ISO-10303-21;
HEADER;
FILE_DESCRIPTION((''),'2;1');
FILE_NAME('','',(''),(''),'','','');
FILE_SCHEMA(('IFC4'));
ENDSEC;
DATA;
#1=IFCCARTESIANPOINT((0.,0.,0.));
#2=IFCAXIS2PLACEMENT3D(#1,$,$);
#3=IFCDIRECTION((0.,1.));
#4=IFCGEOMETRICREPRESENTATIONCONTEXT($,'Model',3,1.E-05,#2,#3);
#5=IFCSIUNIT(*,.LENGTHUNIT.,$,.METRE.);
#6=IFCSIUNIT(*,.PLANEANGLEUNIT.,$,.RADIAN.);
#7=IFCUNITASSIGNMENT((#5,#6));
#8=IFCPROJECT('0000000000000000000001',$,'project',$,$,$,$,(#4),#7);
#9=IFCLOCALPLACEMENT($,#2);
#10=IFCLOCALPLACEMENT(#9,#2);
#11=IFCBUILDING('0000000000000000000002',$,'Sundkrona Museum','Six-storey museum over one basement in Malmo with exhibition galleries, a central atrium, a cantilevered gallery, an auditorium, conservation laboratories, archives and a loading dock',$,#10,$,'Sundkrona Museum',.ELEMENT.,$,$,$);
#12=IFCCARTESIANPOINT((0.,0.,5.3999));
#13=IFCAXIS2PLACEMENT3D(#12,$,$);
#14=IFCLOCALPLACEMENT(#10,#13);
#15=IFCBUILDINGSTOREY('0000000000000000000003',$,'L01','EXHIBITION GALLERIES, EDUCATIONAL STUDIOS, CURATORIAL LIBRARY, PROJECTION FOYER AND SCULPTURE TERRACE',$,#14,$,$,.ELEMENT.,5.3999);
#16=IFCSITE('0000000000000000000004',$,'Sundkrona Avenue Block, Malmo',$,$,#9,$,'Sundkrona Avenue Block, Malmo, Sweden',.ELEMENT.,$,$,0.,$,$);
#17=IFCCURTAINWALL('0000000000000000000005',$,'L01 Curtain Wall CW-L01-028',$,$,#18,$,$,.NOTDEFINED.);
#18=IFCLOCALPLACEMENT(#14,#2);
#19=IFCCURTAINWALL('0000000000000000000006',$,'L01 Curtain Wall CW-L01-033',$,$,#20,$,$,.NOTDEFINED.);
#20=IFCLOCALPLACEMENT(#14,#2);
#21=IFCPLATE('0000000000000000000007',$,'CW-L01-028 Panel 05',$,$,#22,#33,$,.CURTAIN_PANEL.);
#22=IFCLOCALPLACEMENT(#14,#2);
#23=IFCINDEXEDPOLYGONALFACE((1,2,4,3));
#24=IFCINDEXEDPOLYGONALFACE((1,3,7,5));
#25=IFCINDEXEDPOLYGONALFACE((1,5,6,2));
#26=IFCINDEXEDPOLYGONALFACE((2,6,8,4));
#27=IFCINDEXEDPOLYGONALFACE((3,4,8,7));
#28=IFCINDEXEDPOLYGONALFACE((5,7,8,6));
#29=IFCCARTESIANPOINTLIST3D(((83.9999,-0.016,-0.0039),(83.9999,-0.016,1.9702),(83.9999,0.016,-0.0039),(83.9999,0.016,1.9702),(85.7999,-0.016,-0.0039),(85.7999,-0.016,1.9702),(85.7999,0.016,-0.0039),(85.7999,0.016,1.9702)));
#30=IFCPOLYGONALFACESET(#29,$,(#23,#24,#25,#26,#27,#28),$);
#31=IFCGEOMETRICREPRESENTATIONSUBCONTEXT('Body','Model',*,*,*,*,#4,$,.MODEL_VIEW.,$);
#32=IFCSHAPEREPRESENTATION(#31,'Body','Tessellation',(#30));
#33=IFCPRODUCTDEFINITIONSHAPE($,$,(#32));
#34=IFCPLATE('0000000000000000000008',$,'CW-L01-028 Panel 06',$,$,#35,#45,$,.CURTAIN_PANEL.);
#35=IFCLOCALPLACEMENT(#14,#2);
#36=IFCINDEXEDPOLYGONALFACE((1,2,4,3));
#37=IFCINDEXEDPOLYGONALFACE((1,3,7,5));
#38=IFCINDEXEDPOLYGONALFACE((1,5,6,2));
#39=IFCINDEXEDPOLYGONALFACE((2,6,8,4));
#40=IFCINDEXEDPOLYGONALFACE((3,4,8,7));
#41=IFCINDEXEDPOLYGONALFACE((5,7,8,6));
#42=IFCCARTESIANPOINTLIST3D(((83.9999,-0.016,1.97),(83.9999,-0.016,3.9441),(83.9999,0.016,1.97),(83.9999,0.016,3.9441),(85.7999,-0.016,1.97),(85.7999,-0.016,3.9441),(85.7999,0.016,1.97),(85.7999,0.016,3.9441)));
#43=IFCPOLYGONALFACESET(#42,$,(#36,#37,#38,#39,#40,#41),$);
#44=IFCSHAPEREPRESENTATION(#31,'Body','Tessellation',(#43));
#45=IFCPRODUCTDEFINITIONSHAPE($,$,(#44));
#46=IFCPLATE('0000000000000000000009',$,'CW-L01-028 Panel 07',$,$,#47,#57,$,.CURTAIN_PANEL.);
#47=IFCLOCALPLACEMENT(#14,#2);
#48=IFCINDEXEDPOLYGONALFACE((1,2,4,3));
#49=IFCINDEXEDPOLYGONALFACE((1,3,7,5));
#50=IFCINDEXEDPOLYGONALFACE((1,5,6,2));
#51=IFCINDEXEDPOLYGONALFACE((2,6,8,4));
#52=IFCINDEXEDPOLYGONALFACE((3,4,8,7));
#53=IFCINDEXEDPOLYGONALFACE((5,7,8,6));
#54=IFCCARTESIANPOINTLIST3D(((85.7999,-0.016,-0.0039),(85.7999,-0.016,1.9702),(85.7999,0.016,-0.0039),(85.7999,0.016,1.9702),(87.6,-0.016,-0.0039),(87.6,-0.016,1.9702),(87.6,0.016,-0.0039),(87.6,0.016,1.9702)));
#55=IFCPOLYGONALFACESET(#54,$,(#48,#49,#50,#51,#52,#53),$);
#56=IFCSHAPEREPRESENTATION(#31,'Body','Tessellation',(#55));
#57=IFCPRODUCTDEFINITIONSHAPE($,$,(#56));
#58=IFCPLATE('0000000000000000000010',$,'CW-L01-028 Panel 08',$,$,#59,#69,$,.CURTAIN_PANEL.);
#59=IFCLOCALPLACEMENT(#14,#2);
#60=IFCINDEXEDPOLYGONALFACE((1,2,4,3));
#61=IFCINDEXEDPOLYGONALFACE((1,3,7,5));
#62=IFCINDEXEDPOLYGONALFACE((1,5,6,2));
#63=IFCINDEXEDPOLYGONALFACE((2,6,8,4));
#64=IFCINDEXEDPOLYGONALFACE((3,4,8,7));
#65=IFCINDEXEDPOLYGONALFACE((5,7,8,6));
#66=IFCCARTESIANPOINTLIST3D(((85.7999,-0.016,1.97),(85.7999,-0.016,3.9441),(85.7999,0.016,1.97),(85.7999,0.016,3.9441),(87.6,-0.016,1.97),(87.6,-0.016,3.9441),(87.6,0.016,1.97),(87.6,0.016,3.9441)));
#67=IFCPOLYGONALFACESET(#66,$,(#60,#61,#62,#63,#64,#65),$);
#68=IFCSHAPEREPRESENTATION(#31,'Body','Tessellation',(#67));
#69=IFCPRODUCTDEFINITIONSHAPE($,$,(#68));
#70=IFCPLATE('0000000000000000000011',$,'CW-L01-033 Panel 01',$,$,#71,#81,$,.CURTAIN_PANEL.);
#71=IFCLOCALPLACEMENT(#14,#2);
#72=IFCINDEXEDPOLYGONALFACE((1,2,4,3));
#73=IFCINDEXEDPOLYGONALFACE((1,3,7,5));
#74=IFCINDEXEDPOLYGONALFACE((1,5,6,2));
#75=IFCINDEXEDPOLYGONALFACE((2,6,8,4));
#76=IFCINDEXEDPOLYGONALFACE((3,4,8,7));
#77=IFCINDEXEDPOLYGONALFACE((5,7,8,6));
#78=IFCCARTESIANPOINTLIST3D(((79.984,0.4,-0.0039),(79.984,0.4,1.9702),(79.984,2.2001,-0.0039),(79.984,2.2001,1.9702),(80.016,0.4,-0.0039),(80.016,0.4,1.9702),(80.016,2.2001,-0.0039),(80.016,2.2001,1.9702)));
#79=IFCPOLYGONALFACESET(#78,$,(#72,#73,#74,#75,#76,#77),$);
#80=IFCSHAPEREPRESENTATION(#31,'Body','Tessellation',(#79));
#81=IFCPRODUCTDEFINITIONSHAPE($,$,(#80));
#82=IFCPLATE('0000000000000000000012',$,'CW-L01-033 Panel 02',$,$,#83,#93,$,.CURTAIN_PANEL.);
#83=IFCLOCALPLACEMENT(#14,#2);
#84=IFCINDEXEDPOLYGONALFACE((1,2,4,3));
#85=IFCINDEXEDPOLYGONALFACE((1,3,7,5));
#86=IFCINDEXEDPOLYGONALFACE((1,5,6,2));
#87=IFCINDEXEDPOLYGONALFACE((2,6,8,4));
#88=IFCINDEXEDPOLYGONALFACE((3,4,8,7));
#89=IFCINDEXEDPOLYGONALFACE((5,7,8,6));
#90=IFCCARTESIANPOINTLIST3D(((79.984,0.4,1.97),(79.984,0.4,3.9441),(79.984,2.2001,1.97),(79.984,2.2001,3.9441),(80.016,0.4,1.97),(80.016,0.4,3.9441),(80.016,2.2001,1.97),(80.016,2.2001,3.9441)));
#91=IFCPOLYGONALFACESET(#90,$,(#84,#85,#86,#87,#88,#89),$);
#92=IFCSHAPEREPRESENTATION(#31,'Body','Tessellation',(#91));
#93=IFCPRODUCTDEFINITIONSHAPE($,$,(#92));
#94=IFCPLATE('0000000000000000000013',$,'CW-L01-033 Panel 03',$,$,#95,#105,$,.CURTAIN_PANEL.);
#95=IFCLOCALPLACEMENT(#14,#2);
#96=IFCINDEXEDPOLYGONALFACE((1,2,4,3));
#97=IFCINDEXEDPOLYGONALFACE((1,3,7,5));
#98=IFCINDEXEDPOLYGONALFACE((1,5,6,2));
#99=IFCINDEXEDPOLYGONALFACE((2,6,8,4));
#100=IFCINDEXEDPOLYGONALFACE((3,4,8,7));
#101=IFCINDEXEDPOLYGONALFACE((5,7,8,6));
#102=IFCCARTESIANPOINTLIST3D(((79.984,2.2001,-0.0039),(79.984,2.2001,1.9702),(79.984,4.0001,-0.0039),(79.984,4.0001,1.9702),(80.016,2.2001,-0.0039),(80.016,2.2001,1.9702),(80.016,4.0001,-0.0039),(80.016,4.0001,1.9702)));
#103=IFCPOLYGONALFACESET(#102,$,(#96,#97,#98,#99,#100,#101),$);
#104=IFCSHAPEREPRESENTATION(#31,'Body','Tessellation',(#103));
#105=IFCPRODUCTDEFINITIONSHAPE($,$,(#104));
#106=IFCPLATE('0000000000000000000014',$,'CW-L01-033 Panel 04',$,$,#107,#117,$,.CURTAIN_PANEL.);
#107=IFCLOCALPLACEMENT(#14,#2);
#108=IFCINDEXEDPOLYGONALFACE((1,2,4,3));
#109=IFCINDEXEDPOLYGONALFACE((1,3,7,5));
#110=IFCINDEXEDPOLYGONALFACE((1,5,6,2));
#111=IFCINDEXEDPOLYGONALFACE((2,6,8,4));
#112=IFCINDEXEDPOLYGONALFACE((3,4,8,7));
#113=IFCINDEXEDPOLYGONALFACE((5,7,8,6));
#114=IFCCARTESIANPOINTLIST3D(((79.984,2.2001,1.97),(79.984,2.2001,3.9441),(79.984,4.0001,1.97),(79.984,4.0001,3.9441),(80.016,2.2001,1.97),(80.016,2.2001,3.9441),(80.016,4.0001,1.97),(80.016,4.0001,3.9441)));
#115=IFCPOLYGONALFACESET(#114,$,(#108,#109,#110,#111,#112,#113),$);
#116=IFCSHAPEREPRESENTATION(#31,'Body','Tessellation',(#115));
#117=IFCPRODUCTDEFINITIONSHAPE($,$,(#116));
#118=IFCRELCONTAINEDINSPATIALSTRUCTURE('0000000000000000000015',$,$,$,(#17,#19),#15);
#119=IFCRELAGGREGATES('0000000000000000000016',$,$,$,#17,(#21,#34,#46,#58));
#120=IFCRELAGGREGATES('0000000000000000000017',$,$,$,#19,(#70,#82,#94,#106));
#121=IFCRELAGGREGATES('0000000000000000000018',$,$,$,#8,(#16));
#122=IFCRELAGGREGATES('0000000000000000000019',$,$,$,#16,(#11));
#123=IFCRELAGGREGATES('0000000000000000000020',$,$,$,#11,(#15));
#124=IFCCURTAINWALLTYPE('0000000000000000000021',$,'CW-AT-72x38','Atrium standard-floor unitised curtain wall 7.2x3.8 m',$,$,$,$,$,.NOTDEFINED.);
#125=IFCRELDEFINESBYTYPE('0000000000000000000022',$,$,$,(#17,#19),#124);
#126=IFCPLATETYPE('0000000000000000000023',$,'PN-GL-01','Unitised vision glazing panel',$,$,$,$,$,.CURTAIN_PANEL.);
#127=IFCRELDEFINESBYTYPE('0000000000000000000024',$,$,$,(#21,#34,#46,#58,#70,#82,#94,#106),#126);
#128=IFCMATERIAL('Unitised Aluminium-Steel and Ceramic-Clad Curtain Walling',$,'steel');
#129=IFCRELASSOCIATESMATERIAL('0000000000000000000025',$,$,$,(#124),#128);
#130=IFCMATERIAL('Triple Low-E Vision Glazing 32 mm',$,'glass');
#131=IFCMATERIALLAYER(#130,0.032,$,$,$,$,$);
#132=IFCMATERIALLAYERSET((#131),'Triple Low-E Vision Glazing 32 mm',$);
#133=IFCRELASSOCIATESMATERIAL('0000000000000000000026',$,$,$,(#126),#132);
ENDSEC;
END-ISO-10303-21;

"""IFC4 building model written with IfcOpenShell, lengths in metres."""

from ifc_helpers import new_model, si_unit, direction, frame, origin, origin_2d, place, context, subcontext, project, spatial, rectangle, extrude, material, layer, layer_set, type_object, element, aggregate, save


model = new_model("IFC4")

# Units and contexts
model_context = context("Model", 3, precision=1e-05, world=origin(), true_north=direction((0.0, 1.0)))
body_context = subcontext(model_context, "Body", "Model", "MODEL_VIEW")
ifc_project = project(units=[si_unit("LENGTHUNIT", "METRE"), si_unit("PLANEANGLEUNIT", "RADIAN")], contexts=[model_context])

# Site, building, storey
site_placement = place(None, origin())
site = spatial("IfcSite", under=ifc_project, at=site_placement, Name="Sundkrona Avenue Block, Malmo", LongName="Sundkrona Avenue Block, Malmo, Sweden", CompositionType="ELEMENT", RefElevation=0.0)
building_placement = place(site_placement, origin())
building = spatial("IfcBuilding", under=site, at=building_placement, Name="Sundkrona Museum", Description="Six-storey museum over one basement in Malmo with exhibition galleries, a central atrium, a cantilevered gallery, an auditorium, conservation laboratories, archives and a loading dock", LongName="Sundkrona Museum", CompositionType="ELEMENT")
storey_placement = place(building_placement, frame((0.0, 0.0, 5.3999)))
storey = spatial("IfcBuildingStorey", under=building, at=storey_placement, Name="L01", Description="EXHIBITION GALLERIES, EDUCATIONAL STUDIOS, CURATORIAL LIBRARY, PROJECTION FOYER AND SCULPTURE TERRACE", CompositionType="ELEMENT", Elevation=5.3999)

# Curtain walls
ifc_material_1 = material(Name="Unitised Aluminium-Steel and Ceramic-Clad Curtain Walling", Category="steel")
curtain_wall_type = type_object("IfcCurtainWallType", Name="CW-AT-72x38", Description="Atrium standard-floor unitised curtain wall 7.2x3.8 m", PredefinedType="NOTDEFINED", material=ifc_material_1)
curtain_wall_1_placement = place(storey_placement, origin())
curtain_wall_1 = element("IfcCurtainWall", 1, at=curtain_wall_1_placement, inside=storey, type_object=curtain_wall_type, Name="L01 Curtain Wall CW-L01-028", PredefinedType="NOTDEFINED")
curtain_wall_2_placement = place(storey_placement, origin())
curtain_wall_2 = element("IfcCurtainWall", 2, at=curtain_wall_2_placement, inside=storey, type_object=curtain_wall_type, Name="L01 Curtain Wall CW-L01-033", PredefinedType="NOTDEFINED")

# Plates
ifc_material_2 = material(Name="Triple Low-E Vision Glazing 32 mm", Category="glass")
ifc_layer = layer(ifc_material_2, 0.032)
ifc_layer_set = layer_set([ifc_layer], Name="Triple Low-E Vision Glazing 32 mm")
plate_type = type_object("IfcPlateType", Name="PN-GL-01", Description="Unitised vision glazing panel", PredefinedType="CURTAIN_PANEL", material=ifc_layer_set)
plate_1_placement = place(storey_placement, frame((84.8999, 0.0, -0.0039), z_axis=(0.0, 0.0, 1.0), x_axis=(1.0, 0.0, 0.0)))
plate_1 = element("IfcPlate", 3, at=plate_1_placement, type_object=plate_type, Name="CW-L01-028 Panel 05", PredefinedType="CURTAIN_PANEL", context=body_context, shape_type="SweptSolid", body=[
    extrude(rectangle(XDim=1.8, YDim=0.032, at=origin_2d()), origin(), (0.0, 0.0, 1.0), 1.9741),
])
plate_2_placement = place(storey_placement, frame((84.8999, 0.0, 1.97), z_axis=(0.0, 0.0, 1.0), x_axis=(1.0, 0.0, 0.0)))
plate_2 = element("IfcPlate", 4, at=plate_2_placement, type_object=plate_type, Name="CW-L01-028 Panel 06", PredefinedType="CURTAIN_PANEL", context=body_context, shape_type="SweptSolid", body=[
    extrude(rectangle(XDim=1.8, YDim=0.032, at=origin_2d()), origin(), (0.0, 0.0, 1.0), 1.9741),
])
plate_3_placement = place(storey_placement, frame((86.7, 0.0, -0.0039), z_axis=(0.0, 0.0, 1.0), x_axis=(1.0, 0.0, 0.0)))
plate_3 = element("IfcPlate", 5, at=plate_3_placement, type_object=plate_type, Name="CW-L01-028 Panel 07", PredefinedType="CURTAIN_PANEL", context=body_context, shape_type="SweptSolid", body=[
    extrude(rectangle(XDim=1.8, YDim=0.032, at=origin_2d()), origin(), (0.0, 0.0, 1.0), 1.9741),
])
plate_4_placement = place(storey_placement, frame((86.7, 0.0, 1.97), z_axis=(0.0, 0.0, 1.0), x_axis=(1.0, 0.0, 0.0)))
plate_4 = element("IfcPlate", 6, at=plate_4_placement, type_object=plate_type, Name="CW-L01-028 Panel 08", PredefinedType="CURTAIN_PANEL", context=body_context, shape_type="SweptSolid", body=[
    extrude(rectangle(XDim=1.8, YDim=0.032, at=origin_2d()), origin(), (0.0, 0.0, 1.0), 1.9741),
])
aggregate(curtain_wall_1, [plate_1, plate_2, plate_3, plate_4])
plate_5_placement = place(storey_placement, frame((80.0, 1.3, -0.0039), z_axis=(0.0, 0.0, 1.0), x_axis=(0.0, 1.0, 0.0)))
plate_5 = element("IfcPlate", 7, at=plate_5_placement, type_object=plate_type, Name="CW-L01-033 Panel 01", PredefinedType="CURTAIN_PANEL", context=body_context, shape_type="SweptSolid", body=[
    extrude(rectangle(XDim=1.8, YDim=0.032, at=origin_2d()), origin(), (0.0, 0.0, 1.0), 1.9741),
])
plate_6_placement = place(storey_placement, frame((80.0, 1.3, 1.97), z_axis=(0.0, 0.0, 1.0), x_axis=(0.0, 1.0, 0.0)))
plate_6 = element("IfcPlate", 8, at=plate_6_placement, type_object=plate_type, Name="CW-L01-033 Panel 02", PredefinedType="CURTAIN_PANEL", context=body_context, shape_type="SweptSolid", body=[
    extrude(rectangle(XDim=1.8, YDim=0.032, at=origin_2d()), origin(), (0.0, 0.0, 1.0), 1.9741),
])
plate_7_placement = place(storey_placement, frame((80.0, 3.1001, -0.0039), z_axis=(0.0, 0.0, 1.0), x_axis=(0.0, 1.0, 0.0)))
plate_7 = element("IfcPlate", 9, at=plate_7_placement, type_object=plate_type, Name="CW-L01-033 Panel 03", PredefinedType="CURTAIN_PANEL", context=body_context, shape_type="SweptSolid", body=[
    extrude(rectangle(XDim=1.8, YDim=0.032, at=origin_2d()), origin(), (0.0, 0.0, 1.0), 1.9741),
])
plate_8_placement = place(storey_placement, frame((80.0, 3.1001, 1.97), z_axis=(0.0, 0.0, 1.0), x_axis=(0.0, 1.0, 0.0)))
plate_8 = element("IfcPlate", 10, at=plate_8_placement, type_object=plate_type, Name="CW-L01-033 Panel 04", PredefinedType="CURTAIN_PANEL", context=body_context, shape_type="SweptSolid", body=[
    extrude(rectangle(XDim=1.8, YDim=0.032, at=origin_2d()), origin(), (0.0, 0.0, 1.0), 1.9741),
])
aggregate(curtain_wall_2, [plate_5, plate_6, plate_7, plate_8])

save(model, "model.ifc")
